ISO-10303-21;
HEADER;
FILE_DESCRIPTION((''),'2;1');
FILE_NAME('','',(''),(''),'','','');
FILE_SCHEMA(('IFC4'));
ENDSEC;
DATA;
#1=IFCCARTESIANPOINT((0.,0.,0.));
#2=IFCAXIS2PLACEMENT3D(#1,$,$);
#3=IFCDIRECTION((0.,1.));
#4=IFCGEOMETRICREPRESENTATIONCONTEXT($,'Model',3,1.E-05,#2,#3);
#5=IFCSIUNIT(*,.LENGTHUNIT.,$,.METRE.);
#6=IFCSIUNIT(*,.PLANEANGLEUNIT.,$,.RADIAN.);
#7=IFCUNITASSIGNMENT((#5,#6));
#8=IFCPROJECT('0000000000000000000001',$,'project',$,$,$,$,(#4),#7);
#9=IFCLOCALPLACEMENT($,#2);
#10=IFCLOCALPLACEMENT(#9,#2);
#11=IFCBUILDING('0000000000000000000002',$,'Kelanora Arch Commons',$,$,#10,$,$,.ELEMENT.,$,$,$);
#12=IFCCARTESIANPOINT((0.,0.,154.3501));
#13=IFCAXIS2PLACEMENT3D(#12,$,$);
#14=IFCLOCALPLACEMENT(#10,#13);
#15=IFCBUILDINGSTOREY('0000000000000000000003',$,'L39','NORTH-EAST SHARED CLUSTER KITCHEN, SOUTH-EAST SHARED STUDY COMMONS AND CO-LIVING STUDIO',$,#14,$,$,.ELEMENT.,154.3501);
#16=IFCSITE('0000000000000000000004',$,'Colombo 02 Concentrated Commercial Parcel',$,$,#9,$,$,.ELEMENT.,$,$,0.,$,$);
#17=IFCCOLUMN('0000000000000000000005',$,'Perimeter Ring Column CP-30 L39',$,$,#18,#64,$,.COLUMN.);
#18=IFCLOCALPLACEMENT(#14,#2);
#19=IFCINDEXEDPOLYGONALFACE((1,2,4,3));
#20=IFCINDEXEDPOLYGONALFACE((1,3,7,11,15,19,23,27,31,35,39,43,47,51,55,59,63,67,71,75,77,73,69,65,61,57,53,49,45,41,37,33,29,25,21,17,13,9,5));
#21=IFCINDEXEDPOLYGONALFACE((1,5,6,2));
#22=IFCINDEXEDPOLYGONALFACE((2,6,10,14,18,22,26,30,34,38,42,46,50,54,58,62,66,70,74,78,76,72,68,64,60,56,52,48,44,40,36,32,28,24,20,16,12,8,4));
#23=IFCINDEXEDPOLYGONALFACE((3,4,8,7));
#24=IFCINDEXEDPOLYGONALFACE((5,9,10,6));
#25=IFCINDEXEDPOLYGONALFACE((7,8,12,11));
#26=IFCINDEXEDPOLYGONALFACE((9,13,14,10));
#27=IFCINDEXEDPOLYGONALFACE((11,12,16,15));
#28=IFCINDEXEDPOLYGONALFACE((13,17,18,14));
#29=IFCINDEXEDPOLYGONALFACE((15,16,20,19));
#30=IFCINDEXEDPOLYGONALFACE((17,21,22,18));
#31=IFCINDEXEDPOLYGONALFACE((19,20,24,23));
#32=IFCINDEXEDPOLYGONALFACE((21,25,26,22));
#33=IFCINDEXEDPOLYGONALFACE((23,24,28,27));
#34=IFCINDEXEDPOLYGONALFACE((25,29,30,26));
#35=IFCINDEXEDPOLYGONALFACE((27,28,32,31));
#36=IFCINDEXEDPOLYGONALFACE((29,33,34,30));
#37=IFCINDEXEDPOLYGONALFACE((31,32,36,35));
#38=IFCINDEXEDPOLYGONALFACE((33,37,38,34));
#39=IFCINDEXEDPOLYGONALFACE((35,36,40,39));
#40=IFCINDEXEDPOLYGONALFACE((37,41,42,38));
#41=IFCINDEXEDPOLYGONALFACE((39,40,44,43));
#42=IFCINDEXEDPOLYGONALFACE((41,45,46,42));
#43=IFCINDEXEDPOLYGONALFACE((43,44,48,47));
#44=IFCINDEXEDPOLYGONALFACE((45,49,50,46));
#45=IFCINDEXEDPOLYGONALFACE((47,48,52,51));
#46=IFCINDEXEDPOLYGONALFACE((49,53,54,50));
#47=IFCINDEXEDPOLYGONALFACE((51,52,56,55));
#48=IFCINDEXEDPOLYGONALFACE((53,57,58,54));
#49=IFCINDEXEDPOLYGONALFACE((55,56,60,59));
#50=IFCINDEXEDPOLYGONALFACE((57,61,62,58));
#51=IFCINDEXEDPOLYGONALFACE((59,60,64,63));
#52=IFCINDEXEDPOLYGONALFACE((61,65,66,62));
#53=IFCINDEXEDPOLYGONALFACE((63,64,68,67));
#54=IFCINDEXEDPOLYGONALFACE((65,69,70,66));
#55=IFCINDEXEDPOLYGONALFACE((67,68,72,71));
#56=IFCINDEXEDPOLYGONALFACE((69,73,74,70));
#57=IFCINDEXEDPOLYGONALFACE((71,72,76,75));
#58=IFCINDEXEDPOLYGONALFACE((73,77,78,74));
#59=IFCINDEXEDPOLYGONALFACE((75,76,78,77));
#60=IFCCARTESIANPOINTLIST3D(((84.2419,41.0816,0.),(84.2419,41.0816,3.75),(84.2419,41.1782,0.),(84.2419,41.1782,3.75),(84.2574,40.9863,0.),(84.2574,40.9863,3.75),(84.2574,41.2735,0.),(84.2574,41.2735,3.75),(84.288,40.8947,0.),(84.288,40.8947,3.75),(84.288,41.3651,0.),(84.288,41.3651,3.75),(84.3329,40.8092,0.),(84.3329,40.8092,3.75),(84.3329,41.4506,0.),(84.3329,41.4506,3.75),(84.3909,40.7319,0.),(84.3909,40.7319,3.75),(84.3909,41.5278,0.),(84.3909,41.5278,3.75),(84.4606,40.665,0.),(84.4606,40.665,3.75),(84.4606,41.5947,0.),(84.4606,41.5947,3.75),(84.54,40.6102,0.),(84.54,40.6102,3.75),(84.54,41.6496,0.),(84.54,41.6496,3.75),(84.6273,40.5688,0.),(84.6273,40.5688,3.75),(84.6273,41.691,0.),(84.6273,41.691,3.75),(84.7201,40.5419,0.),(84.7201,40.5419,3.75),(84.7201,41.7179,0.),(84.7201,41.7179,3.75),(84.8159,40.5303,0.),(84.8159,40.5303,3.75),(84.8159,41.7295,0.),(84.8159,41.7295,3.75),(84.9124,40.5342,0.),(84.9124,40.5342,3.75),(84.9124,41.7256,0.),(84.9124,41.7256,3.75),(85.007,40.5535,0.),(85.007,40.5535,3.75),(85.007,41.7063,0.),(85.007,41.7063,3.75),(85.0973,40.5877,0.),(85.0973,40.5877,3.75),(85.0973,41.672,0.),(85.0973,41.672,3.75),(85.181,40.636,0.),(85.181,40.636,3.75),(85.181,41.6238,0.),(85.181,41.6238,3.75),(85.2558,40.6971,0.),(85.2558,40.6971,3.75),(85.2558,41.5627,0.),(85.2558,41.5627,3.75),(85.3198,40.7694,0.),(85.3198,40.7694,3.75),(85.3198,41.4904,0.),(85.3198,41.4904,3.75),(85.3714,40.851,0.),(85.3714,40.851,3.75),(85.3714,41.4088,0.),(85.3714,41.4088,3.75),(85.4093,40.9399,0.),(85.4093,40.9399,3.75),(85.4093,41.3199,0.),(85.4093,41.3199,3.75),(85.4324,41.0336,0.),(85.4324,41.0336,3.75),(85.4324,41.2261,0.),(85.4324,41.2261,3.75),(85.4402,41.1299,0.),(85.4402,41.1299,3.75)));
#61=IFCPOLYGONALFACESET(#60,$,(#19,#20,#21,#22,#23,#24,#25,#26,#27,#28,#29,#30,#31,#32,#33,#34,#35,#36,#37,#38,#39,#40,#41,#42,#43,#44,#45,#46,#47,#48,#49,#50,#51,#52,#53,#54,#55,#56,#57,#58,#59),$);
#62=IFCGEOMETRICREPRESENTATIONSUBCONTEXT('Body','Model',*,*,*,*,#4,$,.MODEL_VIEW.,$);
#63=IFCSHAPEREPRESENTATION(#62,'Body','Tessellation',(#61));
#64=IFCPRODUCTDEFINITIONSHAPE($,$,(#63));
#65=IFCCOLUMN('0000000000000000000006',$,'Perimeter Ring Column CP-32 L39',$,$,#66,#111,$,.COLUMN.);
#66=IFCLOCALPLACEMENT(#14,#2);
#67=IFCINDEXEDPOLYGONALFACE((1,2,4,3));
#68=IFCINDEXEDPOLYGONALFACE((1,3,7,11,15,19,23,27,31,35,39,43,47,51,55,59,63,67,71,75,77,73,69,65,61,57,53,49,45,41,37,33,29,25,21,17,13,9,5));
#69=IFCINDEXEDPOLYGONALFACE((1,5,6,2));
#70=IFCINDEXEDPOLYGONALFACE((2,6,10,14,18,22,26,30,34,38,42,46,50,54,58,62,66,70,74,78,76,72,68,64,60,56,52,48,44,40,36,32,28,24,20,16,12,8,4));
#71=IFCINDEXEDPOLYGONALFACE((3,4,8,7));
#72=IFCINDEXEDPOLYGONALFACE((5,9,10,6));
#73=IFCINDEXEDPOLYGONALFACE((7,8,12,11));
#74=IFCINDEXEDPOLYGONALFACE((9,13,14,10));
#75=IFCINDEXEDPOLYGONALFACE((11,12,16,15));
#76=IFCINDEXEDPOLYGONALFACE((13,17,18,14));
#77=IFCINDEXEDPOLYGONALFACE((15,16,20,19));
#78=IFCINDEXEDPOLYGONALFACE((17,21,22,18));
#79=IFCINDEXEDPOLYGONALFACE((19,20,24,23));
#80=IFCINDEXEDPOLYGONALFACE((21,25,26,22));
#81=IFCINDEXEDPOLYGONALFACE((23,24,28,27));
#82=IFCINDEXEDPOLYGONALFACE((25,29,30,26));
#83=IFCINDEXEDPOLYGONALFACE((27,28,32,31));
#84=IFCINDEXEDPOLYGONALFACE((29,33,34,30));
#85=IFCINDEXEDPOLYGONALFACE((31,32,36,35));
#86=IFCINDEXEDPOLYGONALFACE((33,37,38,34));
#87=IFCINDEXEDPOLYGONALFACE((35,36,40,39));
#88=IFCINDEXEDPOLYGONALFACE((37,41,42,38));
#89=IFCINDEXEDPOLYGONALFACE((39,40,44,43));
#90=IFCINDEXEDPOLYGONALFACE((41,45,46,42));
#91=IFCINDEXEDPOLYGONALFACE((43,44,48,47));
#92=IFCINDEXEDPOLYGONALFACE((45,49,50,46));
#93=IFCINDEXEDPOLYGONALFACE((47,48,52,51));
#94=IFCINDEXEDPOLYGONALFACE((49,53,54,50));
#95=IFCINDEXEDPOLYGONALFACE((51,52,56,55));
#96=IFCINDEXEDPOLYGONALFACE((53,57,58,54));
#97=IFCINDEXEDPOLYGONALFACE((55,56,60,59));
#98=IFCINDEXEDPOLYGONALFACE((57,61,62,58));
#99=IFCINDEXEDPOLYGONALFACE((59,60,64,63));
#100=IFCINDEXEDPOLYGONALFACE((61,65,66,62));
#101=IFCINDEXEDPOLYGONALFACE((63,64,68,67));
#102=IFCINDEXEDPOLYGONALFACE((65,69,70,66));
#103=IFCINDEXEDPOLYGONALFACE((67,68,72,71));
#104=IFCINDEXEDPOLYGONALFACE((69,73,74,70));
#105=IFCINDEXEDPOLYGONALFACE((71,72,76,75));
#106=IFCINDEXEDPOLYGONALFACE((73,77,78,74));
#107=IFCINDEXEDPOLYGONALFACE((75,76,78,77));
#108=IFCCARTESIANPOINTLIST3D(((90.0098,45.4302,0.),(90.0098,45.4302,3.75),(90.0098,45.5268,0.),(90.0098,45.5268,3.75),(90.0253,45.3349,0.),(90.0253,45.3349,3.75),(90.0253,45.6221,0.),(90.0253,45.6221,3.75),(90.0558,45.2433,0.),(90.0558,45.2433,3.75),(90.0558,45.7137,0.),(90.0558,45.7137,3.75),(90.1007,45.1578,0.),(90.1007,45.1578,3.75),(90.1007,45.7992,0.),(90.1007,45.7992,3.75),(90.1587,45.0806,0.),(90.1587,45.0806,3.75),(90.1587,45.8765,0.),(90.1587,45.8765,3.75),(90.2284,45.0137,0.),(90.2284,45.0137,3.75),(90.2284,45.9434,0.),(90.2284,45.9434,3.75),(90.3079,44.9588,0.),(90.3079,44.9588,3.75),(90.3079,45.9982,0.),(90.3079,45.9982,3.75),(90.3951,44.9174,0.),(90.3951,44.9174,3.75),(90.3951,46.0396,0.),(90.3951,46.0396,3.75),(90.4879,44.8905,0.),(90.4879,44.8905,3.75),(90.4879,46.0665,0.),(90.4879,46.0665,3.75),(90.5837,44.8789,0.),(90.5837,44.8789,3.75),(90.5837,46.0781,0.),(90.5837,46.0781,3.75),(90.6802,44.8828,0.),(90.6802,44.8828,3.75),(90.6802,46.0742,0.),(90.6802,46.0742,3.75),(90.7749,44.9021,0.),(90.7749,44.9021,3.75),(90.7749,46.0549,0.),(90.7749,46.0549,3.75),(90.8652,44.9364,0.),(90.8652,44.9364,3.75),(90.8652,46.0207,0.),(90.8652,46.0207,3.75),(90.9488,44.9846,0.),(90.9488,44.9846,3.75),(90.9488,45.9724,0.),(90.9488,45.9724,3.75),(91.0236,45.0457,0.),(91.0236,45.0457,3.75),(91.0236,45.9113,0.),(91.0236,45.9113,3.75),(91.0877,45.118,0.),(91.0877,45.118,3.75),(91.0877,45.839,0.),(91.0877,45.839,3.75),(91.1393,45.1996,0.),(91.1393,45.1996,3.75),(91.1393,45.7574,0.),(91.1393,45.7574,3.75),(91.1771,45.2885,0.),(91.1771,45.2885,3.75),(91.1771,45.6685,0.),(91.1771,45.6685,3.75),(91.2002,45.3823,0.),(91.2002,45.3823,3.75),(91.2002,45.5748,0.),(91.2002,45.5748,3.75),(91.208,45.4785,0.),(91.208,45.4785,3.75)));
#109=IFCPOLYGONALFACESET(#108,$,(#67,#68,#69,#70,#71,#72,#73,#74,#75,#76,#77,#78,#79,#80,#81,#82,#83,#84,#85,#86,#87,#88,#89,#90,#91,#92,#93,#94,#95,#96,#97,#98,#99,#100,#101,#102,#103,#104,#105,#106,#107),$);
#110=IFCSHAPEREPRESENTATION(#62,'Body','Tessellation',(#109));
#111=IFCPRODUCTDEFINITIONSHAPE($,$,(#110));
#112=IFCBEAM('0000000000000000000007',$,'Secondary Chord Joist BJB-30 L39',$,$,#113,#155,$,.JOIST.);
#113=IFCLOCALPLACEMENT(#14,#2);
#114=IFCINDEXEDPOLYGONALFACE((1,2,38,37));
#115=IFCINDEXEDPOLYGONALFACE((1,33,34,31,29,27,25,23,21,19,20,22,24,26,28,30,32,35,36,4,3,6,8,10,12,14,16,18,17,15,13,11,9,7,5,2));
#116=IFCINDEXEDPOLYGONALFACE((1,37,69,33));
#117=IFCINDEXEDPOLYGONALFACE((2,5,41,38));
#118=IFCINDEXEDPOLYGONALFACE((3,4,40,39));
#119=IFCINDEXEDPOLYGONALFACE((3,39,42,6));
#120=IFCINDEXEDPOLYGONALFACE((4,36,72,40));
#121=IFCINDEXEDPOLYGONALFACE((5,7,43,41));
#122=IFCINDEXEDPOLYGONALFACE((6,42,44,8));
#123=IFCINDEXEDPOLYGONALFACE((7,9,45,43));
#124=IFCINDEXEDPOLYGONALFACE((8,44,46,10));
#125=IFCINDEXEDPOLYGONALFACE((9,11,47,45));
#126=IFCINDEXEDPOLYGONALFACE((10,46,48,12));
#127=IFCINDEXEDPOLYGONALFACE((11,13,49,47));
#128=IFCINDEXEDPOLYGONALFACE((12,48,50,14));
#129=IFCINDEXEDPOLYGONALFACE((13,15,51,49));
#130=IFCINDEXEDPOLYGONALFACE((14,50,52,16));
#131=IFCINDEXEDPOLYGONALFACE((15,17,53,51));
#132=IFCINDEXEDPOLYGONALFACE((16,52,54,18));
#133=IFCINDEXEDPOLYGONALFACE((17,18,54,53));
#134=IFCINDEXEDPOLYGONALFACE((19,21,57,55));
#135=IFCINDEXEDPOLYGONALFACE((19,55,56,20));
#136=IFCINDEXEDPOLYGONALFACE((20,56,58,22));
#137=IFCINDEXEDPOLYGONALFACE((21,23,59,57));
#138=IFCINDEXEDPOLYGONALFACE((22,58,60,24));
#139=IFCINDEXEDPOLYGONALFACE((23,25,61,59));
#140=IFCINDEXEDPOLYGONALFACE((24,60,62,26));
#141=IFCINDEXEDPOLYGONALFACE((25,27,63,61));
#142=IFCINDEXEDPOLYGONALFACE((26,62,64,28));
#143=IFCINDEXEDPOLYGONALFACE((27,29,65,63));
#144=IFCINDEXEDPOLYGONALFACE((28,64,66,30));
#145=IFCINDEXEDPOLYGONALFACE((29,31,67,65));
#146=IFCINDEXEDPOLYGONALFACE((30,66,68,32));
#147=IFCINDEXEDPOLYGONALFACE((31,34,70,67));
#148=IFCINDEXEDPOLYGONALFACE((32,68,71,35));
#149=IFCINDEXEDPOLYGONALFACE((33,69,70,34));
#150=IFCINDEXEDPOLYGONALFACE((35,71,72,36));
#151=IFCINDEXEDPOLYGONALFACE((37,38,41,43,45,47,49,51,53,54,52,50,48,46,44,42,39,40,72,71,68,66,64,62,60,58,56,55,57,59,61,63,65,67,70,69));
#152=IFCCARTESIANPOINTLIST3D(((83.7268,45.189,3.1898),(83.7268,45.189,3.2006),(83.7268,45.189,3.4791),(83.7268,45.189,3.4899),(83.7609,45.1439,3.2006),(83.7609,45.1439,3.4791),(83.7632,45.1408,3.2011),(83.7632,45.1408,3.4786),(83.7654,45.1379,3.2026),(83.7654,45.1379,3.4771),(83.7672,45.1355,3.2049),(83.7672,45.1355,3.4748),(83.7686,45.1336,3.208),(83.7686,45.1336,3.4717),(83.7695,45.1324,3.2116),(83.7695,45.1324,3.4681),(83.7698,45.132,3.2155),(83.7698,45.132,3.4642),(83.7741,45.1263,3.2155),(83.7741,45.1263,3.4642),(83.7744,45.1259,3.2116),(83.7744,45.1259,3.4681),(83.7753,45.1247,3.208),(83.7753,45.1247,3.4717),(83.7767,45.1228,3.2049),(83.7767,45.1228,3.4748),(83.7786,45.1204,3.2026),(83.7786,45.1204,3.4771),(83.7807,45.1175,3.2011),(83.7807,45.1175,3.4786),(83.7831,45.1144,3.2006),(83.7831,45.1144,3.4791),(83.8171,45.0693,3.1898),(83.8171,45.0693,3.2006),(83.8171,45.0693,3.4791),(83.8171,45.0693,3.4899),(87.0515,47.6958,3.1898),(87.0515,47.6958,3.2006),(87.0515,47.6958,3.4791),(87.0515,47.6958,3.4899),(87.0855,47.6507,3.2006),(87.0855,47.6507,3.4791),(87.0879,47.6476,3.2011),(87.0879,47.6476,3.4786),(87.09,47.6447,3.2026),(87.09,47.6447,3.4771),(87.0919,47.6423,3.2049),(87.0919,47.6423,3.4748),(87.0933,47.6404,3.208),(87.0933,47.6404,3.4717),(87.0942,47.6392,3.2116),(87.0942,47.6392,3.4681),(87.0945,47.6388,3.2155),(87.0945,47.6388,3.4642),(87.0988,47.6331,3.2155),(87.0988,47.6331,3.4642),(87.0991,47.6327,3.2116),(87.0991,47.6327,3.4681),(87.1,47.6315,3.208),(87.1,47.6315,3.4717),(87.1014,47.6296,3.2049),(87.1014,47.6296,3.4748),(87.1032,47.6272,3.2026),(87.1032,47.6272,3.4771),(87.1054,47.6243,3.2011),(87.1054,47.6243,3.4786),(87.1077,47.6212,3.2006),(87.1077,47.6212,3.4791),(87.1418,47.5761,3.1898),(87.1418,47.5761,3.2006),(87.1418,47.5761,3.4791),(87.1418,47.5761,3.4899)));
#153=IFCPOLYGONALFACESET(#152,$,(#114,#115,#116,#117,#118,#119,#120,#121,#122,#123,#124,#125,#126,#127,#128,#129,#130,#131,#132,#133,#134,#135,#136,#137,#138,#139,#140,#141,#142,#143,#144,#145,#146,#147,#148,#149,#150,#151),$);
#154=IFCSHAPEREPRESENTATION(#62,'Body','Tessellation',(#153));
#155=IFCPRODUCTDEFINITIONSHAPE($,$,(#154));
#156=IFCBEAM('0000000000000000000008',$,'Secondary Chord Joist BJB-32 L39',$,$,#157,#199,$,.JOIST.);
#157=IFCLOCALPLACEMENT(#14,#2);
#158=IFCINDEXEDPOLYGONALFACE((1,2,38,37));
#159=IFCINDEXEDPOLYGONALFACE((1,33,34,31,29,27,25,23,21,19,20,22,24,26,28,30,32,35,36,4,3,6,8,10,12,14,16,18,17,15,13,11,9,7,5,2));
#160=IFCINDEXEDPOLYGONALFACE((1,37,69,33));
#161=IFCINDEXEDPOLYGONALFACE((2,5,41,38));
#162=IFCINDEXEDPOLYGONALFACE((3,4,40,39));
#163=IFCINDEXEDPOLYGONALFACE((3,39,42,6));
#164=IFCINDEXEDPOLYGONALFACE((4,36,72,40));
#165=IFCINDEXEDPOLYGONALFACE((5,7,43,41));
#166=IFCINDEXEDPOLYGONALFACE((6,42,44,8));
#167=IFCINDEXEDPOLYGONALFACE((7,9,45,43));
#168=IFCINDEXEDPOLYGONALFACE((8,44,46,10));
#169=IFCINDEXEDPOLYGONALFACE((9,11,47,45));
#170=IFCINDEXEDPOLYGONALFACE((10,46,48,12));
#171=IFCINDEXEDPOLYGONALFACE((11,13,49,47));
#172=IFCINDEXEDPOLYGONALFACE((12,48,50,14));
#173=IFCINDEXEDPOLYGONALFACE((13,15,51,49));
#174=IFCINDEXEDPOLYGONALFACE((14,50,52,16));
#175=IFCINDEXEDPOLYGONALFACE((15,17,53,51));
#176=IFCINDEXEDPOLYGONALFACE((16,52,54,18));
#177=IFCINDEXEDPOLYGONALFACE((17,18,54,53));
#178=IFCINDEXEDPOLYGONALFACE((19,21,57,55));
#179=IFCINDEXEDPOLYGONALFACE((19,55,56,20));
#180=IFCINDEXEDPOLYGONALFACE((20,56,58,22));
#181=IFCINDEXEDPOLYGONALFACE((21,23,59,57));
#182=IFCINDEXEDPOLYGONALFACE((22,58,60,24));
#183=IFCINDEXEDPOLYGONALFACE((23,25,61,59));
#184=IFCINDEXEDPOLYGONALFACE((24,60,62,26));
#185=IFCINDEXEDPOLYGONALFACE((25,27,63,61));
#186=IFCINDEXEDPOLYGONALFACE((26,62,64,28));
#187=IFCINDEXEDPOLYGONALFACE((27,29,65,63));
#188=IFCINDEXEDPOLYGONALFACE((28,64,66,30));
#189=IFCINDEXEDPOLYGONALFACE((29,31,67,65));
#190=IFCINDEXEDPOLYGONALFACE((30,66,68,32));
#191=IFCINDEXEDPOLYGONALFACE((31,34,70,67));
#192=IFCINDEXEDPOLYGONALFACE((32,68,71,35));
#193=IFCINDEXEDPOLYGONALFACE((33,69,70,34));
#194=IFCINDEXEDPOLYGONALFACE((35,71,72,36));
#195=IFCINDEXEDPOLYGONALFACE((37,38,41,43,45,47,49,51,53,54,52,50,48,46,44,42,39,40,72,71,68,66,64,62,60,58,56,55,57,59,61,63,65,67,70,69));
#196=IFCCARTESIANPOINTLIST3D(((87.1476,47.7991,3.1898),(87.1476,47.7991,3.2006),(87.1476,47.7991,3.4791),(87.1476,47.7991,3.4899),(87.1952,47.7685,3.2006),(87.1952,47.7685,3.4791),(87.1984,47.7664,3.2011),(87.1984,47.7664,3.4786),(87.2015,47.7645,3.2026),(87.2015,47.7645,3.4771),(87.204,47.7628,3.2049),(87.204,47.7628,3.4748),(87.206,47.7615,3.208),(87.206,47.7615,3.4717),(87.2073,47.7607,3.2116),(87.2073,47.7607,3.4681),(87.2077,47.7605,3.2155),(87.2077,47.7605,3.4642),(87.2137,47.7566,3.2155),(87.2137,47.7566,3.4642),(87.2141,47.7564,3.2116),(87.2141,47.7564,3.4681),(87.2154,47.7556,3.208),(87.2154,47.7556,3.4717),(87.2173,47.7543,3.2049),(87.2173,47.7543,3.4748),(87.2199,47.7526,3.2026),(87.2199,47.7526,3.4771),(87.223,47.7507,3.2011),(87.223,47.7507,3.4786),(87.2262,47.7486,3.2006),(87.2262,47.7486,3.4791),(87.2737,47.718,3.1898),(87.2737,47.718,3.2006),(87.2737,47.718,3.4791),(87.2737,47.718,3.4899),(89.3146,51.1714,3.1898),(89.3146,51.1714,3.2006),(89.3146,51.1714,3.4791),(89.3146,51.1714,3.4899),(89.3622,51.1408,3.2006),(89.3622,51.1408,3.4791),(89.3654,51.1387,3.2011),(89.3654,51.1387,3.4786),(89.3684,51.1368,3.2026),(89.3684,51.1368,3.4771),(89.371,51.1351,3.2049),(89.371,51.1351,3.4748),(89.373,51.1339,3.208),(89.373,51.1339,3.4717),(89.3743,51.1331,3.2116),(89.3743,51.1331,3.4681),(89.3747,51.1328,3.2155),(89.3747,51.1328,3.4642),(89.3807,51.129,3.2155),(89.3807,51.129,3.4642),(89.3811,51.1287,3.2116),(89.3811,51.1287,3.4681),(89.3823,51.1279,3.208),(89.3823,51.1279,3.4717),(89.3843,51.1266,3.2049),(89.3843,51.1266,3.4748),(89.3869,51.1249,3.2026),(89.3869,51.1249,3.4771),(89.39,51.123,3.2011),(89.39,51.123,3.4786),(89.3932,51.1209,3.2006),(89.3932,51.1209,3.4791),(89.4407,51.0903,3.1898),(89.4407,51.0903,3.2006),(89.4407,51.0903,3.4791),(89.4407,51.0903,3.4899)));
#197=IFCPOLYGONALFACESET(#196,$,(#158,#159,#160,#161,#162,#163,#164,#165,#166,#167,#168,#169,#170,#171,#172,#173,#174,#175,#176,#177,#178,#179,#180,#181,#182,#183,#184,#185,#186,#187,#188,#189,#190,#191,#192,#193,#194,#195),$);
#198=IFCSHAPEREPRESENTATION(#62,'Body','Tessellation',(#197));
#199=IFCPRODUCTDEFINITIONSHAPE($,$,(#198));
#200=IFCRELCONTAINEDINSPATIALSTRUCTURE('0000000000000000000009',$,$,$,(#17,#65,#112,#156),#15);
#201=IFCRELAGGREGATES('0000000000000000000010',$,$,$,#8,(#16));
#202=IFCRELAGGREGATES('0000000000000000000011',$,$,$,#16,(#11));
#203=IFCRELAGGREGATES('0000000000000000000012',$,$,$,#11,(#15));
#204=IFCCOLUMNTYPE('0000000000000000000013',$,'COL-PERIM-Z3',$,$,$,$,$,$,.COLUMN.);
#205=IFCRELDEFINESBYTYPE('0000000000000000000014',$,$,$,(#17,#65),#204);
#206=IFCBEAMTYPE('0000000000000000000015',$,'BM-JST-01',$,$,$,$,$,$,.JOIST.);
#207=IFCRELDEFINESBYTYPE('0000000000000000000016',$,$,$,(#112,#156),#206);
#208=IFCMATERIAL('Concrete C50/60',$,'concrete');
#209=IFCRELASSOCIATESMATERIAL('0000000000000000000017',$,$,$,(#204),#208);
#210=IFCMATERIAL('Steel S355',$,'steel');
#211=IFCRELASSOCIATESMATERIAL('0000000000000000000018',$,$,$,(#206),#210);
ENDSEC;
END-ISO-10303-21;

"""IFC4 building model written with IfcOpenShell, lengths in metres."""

from ifc_helpers import new_model, si_unit, direction, frame, origin, origin_2d, place, context, subcontext, project, spatial, circle, i_section, extrude, material, material_profile, profile_set, type_object, element, save


model = new_model("IFC4")

# Units and contexts
model_context = context("Model", 3, precision=1e-05, world=origin(), true_north=direction((0.0, 1.0)))
body_context = subcontext(model_context, "Body", "Model", "MODEL_VIEW")
ifc_project = project(units=[si_unit("LENGTHUNIT", "METRE"), si_unit("PLANEANGLEUNIT", "RADIAN")], contexts=[model_context])

# Site, building, storey
site_placement = place(None, origin())
site = spatial("IfcSite", under=ifc_project, at=site_placement, Name="Colombo 02 Concentrated Commercial Parcel", CompositionType="ELEMENT", RefElevation=0.0)
building_placement = place(site_placement, origin())
building = spatial("IfcBuilding", under=site, at=building_placement, Name="Kelanora Arch Commons", CompositionType="ELEMENT")
storey_placement = place(building_placement, frame((0.0, 0.0, 154.3501)))
storey = spatial("IfcBuildingStorey", under=building, at=storey_placement, Name="L39", Description="NORTH-EAST SHARED CLUSTER KITCHEN, SOUTH-EAST SHARED STUDY COMMONS AND CO-LIVING STUDIO", CompositionType="ELEMENT", Elevation=154.3501)

# Columns
ifc_material_1 = material(Name="Concrete C50/60", Category="concrete")
ifc_material_profile_1 = material_profile(ifc_material_1, circle(Radius=0.6001, at=origin_2d()), Name="RCC1200")
ifc_profile_set_1 = profile_set([ifc_material_profile_1], Name="Concrete C50/60")
column_type = type_object("IfcColumnType", Name="COL-PERIM-Z3", PredefinedType="COLUMN", material=ifc_profile_set_1)
for number, where, z_axis, x_axis, name in (
    (1, (84.8401, 41.1299, 0.0), (0.0, 0.0, 1.0), (1.0, 0.0, 0.0), "Perimeter Ring Column CP-30 L39"),
    (2, (90.6079, 45.4785, 0.0), (0.0, 0.0, 1.0), (1.0, 0.0, 0.0), "Perimeter Ring Column CP-32 L39"),
):
    element("IfcColumn", number, at=place(storey_placement, frame(where, z_axis=z_axis, x_axis=x_axis)), inside=storey, type_object=column_type, Name=name, PredefinedType="COLUMN", context=body_context, shape_type="SweptSolid", body=[
        extrude(circle(Radius=0.6001, at=origin_2d()), origin(), (0.0, 0.0, 1.0), 3.75),
    ])

# Beams
ifc_material_2 = material(Name="Steel S355", Category="steel")
ifc_material_profile_2 = material_profile(ifc_material_2, i_section(OverallWidth=0.1499, OverallDepth=0.3, WebThickness=0.0071, FlangeThickness=0.0107, FilletRadius=0.0149, at=origin_2d()), Name="IPE300")
ifc_profile_set_2 = profile_set([ifc_material_profile_2], Name="Steel S355")
beam_type_1 = type_object("IfcBeamType", Name="BM-JST-01", PredefinedType="JOIST", material=ifc_profile_set_2)
beam_1_placement = place(storey_placement, frame((83.772, 45.1292, 3.3398), z_axis=(0.798464, 0.602043, 0.0), x_axis=(-0.602043, 0.798464, 0.0)))
element("IfcBeam", 3, at=beam_1_placement, inside=storey, type_object=beam_type_1, Name="Secondary Chord Joist BJB-30 L39", PredefinedType="JOIST", context=body_context, shape_type="SweptSolid", body=[
    extrude(i_section(OverallWidth=0.1499, OverallDepth=0.3, WebThickness=0.0071, FlangeThickness=0.0107, FilletRadius=0.0149, at=origin_2d()), origin(), (0.0, 0.0, 1.0), 4.1638),
])
beam_2_placement = place(storey_placement, frame((87.2107, 47.7585, 3.3398), z_axis=(0.540594, 0.841283, 0.0), x_axis=(-0.841283, 0.540594, 0.0)))
element("IfcBeam", 4, at=beam_2_placement, inside=storey, type_object=beam_type_1, Name="Secondary Chord Joist BJB-32 L39", PredefinedType="JOIST", context=body_context, shape_type="SweptSolid", body=[
    extrude(i_section(OverallWidth=0.1499, OverallDepth=0.3, WebThickness=0.0071, FlangeThickness=0.0107, FilletRadius=0.0149, at=origin_2d()), origin(), (0.0, 0.0, 1.0), 4.0085),
])

save(model, "model.ifc")
